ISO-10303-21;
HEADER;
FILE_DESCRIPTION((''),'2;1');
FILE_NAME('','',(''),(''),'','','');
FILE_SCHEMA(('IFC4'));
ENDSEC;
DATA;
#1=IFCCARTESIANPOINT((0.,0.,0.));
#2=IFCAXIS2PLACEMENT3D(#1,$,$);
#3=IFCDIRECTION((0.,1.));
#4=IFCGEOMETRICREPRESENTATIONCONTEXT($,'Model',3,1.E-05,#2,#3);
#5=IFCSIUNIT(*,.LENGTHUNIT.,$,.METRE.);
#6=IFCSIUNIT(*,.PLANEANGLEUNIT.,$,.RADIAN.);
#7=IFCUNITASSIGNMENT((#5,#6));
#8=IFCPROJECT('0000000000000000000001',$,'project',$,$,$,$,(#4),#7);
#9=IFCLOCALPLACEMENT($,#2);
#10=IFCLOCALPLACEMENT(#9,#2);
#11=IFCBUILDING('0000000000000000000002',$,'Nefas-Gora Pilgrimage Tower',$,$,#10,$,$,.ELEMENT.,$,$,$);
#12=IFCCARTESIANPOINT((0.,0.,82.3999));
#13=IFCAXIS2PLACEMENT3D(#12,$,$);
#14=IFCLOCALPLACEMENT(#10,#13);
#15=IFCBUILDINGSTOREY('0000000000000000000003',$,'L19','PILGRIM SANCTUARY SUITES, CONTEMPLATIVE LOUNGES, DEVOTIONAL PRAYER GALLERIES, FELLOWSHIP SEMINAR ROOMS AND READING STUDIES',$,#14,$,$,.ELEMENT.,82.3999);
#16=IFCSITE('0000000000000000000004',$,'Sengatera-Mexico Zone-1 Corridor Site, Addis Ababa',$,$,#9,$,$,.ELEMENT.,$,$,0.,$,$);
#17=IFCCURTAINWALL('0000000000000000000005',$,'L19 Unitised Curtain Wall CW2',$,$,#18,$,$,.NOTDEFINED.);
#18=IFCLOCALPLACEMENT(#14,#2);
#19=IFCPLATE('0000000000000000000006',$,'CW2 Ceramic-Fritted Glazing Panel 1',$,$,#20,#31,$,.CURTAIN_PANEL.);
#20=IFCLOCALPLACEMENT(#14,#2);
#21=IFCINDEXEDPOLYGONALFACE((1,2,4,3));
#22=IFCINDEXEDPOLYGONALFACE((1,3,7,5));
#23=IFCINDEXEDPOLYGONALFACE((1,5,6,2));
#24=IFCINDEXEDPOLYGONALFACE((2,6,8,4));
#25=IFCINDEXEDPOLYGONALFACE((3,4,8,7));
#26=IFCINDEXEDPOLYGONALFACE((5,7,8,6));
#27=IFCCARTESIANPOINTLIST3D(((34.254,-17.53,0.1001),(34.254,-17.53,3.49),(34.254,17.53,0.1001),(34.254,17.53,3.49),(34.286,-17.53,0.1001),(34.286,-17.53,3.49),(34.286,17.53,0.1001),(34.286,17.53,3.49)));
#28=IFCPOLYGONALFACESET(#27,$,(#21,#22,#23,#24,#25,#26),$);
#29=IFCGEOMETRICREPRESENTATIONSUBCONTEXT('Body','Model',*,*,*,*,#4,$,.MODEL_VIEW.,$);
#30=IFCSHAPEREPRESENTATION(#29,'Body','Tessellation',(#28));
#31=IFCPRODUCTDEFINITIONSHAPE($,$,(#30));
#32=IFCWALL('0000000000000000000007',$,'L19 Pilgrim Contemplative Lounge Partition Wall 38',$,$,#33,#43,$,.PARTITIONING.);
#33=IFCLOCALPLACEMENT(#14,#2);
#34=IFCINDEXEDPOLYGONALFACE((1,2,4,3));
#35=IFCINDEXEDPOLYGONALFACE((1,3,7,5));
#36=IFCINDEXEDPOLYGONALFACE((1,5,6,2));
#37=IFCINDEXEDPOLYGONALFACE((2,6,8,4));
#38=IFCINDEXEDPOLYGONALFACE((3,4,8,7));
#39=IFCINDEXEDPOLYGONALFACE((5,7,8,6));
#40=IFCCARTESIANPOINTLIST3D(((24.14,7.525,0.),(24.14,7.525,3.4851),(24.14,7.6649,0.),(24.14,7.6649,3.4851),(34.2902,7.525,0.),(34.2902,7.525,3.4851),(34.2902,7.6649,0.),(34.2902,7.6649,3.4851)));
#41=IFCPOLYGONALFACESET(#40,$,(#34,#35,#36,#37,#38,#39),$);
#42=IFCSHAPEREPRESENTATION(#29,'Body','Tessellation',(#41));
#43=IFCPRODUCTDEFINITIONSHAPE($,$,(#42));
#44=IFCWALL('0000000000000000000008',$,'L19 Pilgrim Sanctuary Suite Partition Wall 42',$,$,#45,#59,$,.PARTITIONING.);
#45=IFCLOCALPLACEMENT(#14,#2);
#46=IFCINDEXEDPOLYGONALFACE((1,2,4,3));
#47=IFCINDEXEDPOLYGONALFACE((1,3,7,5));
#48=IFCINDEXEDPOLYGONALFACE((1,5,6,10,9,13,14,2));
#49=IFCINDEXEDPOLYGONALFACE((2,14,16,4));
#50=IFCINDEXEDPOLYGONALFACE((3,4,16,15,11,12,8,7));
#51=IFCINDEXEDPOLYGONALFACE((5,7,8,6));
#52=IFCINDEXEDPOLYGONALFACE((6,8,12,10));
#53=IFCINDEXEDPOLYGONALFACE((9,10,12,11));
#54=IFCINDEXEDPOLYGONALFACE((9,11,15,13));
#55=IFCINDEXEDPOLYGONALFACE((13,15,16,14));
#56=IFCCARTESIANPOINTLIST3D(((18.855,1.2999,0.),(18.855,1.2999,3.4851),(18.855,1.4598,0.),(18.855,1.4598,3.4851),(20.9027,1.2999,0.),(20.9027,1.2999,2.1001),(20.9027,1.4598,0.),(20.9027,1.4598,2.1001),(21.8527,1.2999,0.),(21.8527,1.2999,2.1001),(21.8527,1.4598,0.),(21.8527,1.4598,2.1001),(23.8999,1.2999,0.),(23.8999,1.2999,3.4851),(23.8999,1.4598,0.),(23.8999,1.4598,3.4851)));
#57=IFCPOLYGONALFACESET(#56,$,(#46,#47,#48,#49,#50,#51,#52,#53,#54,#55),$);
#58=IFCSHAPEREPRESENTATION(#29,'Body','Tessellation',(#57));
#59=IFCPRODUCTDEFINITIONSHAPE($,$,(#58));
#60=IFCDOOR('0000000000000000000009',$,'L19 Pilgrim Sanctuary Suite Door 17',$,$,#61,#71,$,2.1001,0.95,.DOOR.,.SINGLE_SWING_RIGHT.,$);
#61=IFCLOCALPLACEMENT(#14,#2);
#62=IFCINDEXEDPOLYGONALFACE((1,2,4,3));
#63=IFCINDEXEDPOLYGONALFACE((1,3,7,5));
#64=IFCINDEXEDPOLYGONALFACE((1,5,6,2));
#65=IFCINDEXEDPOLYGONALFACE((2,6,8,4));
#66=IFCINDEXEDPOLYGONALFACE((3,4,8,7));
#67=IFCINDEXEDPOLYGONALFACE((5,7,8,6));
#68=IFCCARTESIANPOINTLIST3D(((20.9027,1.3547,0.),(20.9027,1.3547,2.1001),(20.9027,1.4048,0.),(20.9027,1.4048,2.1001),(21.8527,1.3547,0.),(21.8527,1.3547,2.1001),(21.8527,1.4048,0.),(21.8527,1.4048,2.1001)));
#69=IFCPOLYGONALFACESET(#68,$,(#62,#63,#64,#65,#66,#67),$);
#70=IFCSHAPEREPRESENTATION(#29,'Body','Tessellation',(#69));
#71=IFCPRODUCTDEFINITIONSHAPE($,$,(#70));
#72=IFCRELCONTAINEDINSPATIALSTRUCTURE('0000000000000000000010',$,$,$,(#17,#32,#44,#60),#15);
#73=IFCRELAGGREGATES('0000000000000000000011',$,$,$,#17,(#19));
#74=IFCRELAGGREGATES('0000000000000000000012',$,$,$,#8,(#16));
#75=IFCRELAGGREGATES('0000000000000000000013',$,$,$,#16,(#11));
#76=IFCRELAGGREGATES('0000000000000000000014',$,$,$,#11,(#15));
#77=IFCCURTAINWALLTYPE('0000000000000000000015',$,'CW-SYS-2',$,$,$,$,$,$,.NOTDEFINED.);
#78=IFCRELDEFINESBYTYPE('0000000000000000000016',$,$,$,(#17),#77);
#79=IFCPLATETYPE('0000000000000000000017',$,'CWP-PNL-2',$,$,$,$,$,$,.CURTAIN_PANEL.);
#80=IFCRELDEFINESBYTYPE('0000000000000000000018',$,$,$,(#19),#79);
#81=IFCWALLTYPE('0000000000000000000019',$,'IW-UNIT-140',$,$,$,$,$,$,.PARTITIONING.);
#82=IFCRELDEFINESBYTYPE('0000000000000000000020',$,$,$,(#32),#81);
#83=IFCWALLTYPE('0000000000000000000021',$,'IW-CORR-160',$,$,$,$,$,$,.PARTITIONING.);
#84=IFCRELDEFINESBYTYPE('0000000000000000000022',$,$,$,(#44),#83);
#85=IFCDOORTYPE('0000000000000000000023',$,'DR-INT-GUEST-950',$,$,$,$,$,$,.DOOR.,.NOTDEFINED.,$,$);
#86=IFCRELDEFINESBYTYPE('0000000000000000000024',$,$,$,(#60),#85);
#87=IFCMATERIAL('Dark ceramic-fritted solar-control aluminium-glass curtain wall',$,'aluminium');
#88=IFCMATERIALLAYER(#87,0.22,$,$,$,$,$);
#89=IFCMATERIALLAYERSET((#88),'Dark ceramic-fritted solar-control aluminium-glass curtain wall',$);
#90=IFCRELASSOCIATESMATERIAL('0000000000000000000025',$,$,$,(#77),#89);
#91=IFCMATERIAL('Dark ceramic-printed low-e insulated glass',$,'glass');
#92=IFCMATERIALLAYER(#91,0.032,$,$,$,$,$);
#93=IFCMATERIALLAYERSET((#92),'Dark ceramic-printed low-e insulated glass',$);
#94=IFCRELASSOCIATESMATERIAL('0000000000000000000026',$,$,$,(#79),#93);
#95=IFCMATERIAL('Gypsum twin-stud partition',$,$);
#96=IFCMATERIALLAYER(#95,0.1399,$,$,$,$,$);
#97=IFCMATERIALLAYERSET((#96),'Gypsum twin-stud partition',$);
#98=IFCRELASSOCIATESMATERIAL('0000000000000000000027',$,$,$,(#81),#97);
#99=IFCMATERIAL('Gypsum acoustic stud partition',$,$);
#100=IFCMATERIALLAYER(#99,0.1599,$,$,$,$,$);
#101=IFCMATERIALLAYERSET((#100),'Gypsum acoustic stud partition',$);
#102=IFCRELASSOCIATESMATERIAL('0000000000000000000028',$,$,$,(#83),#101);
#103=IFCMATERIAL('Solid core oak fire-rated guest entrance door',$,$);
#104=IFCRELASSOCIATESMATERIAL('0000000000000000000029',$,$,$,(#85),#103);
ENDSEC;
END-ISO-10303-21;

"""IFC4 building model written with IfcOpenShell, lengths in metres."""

from ifc_helpers import new_model, si_unit, direction, frame, frame_2d, origin, origin_2d, place, context, subcontext, project, spatial, rectangle, extrude, source, transform, mapped, material, layer, layer_set, type_object, element, fill, aggregate, save


model = new_model("IFC4")

# Units and contexts
model_context = context("Model", 3, precision=1e-05, world=origin(), true_north=direction((0.0, 1.0)))
body_context = subcontext(model_context, "Body", "Model", "MODEL_VIEW")
ifc_project = project(units=[si_unit("LENGTHUNIT", "METRE"), si_unit("PLANEANGLEUNIT", "RADIAN")], contexts=[model_context])

# Site, building, storey
site_placement = place(None, origin())
site = spatial("IfcSite", under=ifc_project, at=site_placement, Name="Sengatera-Mexico Zone-1 Corridor Site, Addis Ababa", CompositionType="ELEMENT", RefElevation=0.0)
building_placement = place(site_placement, origin())
building = spatial("IfcBuilding", under=site, at=building_placement, Name="Nefas-Gora Pilgrimage Tower", CompositionType="ELEMENT")
storey_placement = place(building_placement, frame((0.0, 0.0, 82.3999)))
storey = spatial("IfcBuildingStorey", under=building, at=storey_placement, Name="L19", Description="PILGRIM SANCTUARY SUITES, CONTEMPLATIVE LOUNGES, DEVOTIONAL PRAYER GALLERIES, FELLOWSHIP SEMINAR ROOMS AND READING STUDIES", CompositionType="ELEMENT", Elevation=82.3999)

# Curtain wall, plate
ifc_material_1 = material(Name="Dark ceramic-fritted solar-control aluminium-glass curtain wall", Category="aluminium")
ifc_layer_1 = layer(ifc_material_1, 0.22)
ifc_layer_set_1 = layer_set([ifc_layer_1], Name="Dark ceramic-fritted solar-control aluminium-glass curtain wall")
curtain_wall_type = type_object("IfcCurtainWallType", Name="CW-SYS-2", PredefinedType="NOTDEFINED", material=ifc_layer_set_1)
curtain_wall_placement = place(storey_placement, origin())
curtain_wall = element("IfcCurtainWall", 1, at=curtain_wall_placement, inside=storey, type_object=curtain_wall_type, Name="L19 Unitised Curtain Wall CW2", PredefinedType="NOTDEFINED")
ifc_material_2 = material(Name="Dark ceramic-printed low-e insulated glass", Category="glass")
ifc_layer_2 = layer(ifc_material_2, 0.032)
ifc_layer_set_2 = layer_set([ifc_layer_2], Name="Dark ceramic-printed low-e insulated glass")
plate_type = type_object("IfcPlateType", Name="CWP-PNL-2", PredefinedType="CURTAIN_PANEL", material=ifc_layer_set_2)
shared_shape_1 = source(origin(), body_context, "Body", "SweptSolid", [
    extrude(rectangle(XDim=35.0601, YDim=0.032, at=origin_2d()), origin(), (0.0, 0.0, 1.0), 3.3899),
])
plate_placement = place(storey_placement, frame((34.27, 0.0, 0.1001), z_axis=(0.0, 0.0, 1.0), x_axis=(0.0, 1.0, 0.0)))
plate = element("IfcPlate", 2, at=plate_placement, type_object=plate_type, Name="CW2 Ceramic-Fritted Glazing Panel 1", PredefinedType="CURTAIN_PANEL", context=body_context, shape_type="MappedRepresentation", body=[
    mapped(shared_shape_1, transform((0.0, 0.0, 0.0), x_axis=(1.0, 0.0, 0.0), y_axis=(0.0, 1.0, 0.0), z_axis=(0.0, 0.0, 1.0), scale=1.0)),
])
aggregate(curtain_wall, [plate])

# Wall
ifc_material_3 = material(Name="Gypsum twin-stud partition")
ifc_layer_3 = layer(ifc_material_3, 0.1399)
ifc_layer_set_3 = layer_set([ifc_layer_3], Name="Gypsum twin-stud partition")
wall_type_1 = type_object("IfcWallType", Name="IW-UNIT-140", PredefinedType="PARTITIONING", material=ifc_layer_set_3)
shared_shape_2 = source(origin(), body_context, "Body", "SweptSolid", [
    extrude(rectangle(XDim=10.1501, YDim=0.1399, at=frame_2d((5.0752, 0.0))), origin(), (0.0, 0.0, 1.0), 3.4851),
])
wall_1_placement = place(storey_placement, frame((24.1399, 7.595, 0.0), z_axis=(0.0, 0.0, 1.0), x_axis=(1.0, 0.0, 0.0)))
element("IfcWall", 3, at=wall_1_placement, inside=storey, type_object=wall_type_1, Name="L19 Pilgrim Contemplative Lounge Partition Wall 38", PredefinedType="PARTITIONING", context=body_context, shape_type="MappedRepresentation", body=[
    mapped(shared_shape_2, transform((0.0, 0.0, 0.0), x_axis=(1.0, 0.0, 0.0), y_axis=(0.0, 1.0, 0.0), z_axis=(0.0, 0.0, 1.0), scale=1.0)),
])

# Wall, opening, door
ifc_material_4 = material(Name="Gypsum acoustic stud partition")
ifc_layer_4 = layer(ifc_material_4, 0.1599)
ifc_layer_set_4 = layer_set([ifc_layer_4], Name="Gypsum acoustic stud partition")
wall_type_2 = type_object("IfcWallType", Name="IW-CORR-160", PredefinedType="PARTITIONING", material=ifc_layer_set_4)
shared_shape_3 = source(origin(), body_context, "Body", "SweptSolid", [
    extrude(rectangle(XDim=5.0449, YDim=0.1599, at=frame_2d((2.5225, 0.0))), origin(), (0.0, 0.0, 1.0), 3.4851),
])
wall_2_placement = place(storey_placement, frame((18.855, 1.3799, 0.0), z_axis=(0.0, 0.0, 1.0), x_axis=(1.0, 0.0, 0.0)))
wall_2 = element("IfcWall", 4, at=wall_2_placement, inside=storey, type_object=wall_type_2, Name="L19 Pilgrim Sanctuary Suite Partition Wall 42", PredefinedType="PARTITIONING", context=body_context, shape_type="MappedRepresentation", body=[
    mapped(shared_shape_3, transform((0.0, 0.0, 0.0), x_axis=(1.0, 0.0, 0.0), y_axis=(0.0, 1.0, 0.0), z_axis=(0.0, 0.0, 1.0), scale=1.0)),
])
opening_placement = place(wall_2_placement, frame((2.0476, 0.0, 0.0)))
opening = element("IfcOpeningElement", 5, at=opening_placement, cuts=wall_2, PredefinedType="OPENING", context=body_context, shape_type="SweptSolid", body=[
    extrude(rectangle(XDim=0.95, YDim=2.1001, at=frame_2d((0.4751, 1.05))), frame((0.0, 0.0898, 0.0), z_axis=(0.0, -1.0, 0.0), x_axis=(1.0, 0.0, 0.0)), (0.0, 0.0, 1.0), 0.1799),
])
ifc_material_5 = material(Name="Solid core oak fire-rated guest entrance door")
door_type = type_object("IfcDoorType", Name="DR-INT-GUEST-950", OperationType="NOTDEFINED", PredefinedType="DOOR", material=ifc_material_5)
shared_shape_4 = source(origin(), body_context, "Body", "SweptSolid", [
    extrude(rectangle(XDim=0.95, YDim=2.1001, at=frame_2d((0.4751, 1.05))), frame((0.0, 0.0249, 0.0), z_axis=(0.0, -1.0, 0.0), x_axis=(1.0, 0.0, 0.0)), (0.0, 0.0, 1.0), 0.05),
])
door_placement = place(opening_placement, origin())
door = element("IfcDoor", 6, at=door_placement, inside=storey, type_object=door_type, Name="L19 Pilgrim Sanctuary Suite Door 17", OperationType="SINGLE_SWING_RIGHT", OverallHeight=2.1001, OverallWidth=0.95, PredefinedType="DOOR", context=body_context, shape_type="MappedRepresentation", body=[
    mapped(shared_shape_4, transform((0.0, 0.0, 0.0), x_axis=(1.0, 0.0, 0.0), y_axis=(0.0, 1.0, 0.0), z_axis=(0.0, 0.0, 1.0), scale=1.0)),
])
fill(opening, door)

save(model, "model.ifc")
